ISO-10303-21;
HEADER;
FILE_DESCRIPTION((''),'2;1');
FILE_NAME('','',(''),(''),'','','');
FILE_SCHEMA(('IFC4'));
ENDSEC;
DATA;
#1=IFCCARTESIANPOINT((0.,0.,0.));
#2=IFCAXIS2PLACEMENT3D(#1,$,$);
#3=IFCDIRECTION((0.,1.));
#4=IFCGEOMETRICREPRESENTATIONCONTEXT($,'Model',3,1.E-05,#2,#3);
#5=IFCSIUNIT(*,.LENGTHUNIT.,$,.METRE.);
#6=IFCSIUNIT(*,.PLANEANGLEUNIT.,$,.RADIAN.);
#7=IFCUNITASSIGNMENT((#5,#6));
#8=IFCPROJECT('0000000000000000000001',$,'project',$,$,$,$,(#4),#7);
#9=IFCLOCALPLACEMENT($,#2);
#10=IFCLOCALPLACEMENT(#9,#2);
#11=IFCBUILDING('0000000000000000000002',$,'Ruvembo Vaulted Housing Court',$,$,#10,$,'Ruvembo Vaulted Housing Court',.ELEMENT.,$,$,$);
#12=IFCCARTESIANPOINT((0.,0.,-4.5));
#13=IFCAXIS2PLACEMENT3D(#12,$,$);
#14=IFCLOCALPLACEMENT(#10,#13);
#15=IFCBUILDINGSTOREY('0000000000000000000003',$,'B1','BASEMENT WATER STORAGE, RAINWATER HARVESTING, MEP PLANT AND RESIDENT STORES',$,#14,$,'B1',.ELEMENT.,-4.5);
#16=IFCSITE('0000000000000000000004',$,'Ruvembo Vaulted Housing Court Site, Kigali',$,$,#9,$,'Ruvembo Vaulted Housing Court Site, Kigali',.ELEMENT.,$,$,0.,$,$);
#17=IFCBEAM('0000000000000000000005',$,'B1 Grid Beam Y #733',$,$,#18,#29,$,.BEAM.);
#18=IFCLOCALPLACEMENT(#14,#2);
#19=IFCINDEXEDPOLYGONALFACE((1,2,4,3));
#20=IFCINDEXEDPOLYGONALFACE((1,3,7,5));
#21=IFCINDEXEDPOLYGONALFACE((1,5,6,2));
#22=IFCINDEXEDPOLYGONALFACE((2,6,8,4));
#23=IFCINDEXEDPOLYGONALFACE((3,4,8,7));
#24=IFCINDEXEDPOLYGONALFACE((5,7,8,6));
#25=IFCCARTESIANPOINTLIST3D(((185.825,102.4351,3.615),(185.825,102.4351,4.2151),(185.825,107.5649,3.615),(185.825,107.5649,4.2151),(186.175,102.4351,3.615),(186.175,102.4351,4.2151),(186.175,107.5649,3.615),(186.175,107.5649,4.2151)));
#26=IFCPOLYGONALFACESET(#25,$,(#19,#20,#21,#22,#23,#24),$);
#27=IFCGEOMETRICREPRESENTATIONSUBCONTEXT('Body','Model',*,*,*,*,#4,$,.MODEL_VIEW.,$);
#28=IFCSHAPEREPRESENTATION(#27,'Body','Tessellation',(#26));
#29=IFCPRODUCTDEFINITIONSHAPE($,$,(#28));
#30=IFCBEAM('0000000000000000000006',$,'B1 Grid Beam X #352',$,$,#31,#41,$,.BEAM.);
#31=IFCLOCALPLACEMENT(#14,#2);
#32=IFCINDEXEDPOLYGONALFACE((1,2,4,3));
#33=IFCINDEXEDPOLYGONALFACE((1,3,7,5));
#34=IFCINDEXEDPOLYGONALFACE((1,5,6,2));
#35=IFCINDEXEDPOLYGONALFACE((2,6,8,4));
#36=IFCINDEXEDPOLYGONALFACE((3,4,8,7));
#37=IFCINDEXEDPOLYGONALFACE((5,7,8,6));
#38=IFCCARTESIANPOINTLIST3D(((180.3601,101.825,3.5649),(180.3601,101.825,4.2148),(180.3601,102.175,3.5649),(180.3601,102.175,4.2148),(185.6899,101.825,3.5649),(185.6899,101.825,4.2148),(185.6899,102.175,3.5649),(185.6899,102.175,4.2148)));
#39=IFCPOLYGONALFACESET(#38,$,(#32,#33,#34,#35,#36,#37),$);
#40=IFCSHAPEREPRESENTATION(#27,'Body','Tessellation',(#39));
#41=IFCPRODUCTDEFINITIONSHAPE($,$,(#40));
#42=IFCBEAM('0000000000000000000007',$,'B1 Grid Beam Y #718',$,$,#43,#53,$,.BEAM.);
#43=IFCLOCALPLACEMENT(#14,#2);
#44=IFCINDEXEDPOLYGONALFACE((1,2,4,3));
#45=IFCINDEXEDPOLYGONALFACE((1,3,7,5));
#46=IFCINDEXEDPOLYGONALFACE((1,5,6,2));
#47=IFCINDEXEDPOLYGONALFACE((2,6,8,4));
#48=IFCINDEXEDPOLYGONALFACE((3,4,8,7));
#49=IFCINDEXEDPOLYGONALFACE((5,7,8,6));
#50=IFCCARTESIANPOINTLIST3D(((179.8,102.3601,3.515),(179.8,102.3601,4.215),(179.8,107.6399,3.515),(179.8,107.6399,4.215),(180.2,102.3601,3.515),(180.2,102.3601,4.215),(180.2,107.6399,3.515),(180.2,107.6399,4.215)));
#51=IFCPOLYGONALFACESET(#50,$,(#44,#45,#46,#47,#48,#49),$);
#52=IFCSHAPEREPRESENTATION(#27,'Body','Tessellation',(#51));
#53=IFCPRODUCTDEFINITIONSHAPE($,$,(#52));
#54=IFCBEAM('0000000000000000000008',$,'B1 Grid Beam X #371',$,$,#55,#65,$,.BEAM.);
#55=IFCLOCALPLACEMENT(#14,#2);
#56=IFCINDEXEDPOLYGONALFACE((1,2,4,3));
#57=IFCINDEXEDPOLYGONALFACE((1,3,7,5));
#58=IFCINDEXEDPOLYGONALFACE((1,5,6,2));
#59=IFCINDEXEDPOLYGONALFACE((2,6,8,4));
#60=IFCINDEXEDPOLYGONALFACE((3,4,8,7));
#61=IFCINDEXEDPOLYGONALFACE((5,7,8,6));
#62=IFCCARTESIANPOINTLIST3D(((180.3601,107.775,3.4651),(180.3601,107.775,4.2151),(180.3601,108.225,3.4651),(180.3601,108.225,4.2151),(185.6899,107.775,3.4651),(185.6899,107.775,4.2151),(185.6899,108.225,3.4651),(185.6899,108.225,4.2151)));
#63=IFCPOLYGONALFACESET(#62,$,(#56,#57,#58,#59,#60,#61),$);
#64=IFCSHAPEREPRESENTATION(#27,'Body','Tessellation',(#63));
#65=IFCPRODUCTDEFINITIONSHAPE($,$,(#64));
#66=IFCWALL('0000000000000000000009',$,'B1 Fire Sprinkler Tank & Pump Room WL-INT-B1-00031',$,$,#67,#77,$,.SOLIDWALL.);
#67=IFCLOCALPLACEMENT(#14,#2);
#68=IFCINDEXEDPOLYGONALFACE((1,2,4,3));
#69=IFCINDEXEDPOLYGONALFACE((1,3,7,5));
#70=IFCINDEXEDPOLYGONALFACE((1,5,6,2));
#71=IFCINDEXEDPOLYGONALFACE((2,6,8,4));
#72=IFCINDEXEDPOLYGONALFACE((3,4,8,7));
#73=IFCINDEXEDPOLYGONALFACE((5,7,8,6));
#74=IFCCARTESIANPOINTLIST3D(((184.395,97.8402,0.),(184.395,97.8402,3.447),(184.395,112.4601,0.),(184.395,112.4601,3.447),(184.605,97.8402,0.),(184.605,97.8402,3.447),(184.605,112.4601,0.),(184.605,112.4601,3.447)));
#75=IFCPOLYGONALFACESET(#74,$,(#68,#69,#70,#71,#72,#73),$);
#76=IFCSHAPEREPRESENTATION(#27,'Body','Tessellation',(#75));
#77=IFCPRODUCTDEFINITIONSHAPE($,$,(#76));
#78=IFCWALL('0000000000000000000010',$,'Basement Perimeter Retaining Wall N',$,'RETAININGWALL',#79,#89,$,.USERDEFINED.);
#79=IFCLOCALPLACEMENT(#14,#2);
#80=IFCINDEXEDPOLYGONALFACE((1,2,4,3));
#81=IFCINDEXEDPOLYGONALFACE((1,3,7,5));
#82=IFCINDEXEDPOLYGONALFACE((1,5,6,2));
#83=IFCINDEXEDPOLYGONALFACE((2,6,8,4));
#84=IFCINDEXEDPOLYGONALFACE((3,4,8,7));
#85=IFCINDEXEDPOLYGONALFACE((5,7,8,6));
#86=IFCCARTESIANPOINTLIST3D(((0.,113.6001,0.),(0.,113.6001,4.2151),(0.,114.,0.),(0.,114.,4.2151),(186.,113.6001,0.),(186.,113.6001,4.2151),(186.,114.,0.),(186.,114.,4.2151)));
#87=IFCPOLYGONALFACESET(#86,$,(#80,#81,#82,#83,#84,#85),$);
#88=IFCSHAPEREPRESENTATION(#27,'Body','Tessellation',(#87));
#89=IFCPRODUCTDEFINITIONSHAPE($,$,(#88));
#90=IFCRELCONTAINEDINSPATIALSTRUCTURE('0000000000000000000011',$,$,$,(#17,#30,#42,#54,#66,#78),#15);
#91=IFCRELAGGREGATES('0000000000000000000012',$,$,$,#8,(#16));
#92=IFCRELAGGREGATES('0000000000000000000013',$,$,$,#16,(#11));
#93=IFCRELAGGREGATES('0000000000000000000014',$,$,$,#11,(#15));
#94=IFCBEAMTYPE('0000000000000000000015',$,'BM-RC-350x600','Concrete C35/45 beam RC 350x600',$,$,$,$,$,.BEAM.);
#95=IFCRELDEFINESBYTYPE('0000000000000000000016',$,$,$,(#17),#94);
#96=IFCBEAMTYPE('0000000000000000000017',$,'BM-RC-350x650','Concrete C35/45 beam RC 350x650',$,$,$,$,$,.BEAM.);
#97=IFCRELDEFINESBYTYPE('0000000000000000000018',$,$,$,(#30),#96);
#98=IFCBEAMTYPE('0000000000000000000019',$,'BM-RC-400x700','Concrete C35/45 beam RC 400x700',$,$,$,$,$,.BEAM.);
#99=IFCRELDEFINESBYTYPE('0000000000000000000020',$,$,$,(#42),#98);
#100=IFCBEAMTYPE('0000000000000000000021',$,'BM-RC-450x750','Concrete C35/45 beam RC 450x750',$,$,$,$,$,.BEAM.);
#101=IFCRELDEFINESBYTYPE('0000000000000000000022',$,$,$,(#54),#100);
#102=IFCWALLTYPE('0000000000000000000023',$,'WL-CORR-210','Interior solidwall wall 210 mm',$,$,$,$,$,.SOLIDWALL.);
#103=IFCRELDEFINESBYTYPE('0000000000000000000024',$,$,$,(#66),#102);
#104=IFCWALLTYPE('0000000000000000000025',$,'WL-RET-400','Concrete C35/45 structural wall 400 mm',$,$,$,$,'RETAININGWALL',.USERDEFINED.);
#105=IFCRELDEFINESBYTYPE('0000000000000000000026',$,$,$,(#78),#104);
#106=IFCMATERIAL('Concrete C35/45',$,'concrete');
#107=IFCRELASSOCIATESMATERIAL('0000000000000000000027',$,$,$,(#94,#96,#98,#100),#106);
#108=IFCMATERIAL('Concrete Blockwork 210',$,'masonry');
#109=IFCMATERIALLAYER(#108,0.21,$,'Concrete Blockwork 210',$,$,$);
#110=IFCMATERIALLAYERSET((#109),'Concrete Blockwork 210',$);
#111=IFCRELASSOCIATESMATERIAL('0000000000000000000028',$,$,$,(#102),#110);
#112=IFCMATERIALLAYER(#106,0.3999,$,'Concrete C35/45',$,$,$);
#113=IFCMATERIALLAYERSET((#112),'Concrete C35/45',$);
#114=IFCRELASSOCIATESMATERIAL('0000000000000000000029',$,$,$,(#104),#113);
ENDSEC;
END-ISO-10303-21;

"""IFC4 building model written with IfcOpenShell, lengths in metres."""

from ifc_helpers import new_model, si_unit, direction, frame, frame_2d, origin, origin_2d, place, context, subcontext, project, spatial, rectangle, extrude, material, layer, layer_set, material_profile, profile_set, type_object, element, save


model = new_model("IFC4")

# Units and contexts
model_context = context("Model", 3, precision=1e-05, world=origin(), true_north=direction((0.0, 1.0)))
body_context = subcontext(model_context, "Body", "Model", "MODEL_VIEW")
ifc_project = project(units=[si_unit("LENGTHUNIT", "METRE"), si_unit("PLANEANGLEUNIT", "RADIAN")], contexts=[model_context])

# Site, building, storey
site_placement = place(None, origin())
site = spatial("IfcSite", under=ifc_project, at=site_placement, Name="Ruvembo Vaulted Housing Court Site, Kigali", LongName="Ruvembo Vaulted Housing Court Site, Kigali", CompositionType="ELEMENT", RefElevation=0.0)
building_placement = place(site_placement, origin())
building = spatial("IfcBuilding", under=site, at=building_placement, Name="Ruvembo Vaulted Housing Court", LongName="Ruvembo Vaulted Housing Court", CompositionType="ELEMENT")
storey_placement = place(building_placement, frame((0.0, 0.0, -4.5)))
storey = spatial("IfcBuildingStorey", under=building, at=storey_placement, Name="B1", Description="BASEMENT WATER STORAGE, RAINWATER HARVESTING, MEP PLANT AND RESIDENT STORES", LongName="B1", CompositionType="ELEMENT", Elevation=-4.5)

# Shared definitions
ifc_material_1 = material(Name="Concrete C35/45", Category="concrete")

# Beams
ifc_material_profile_1 = material_profile(ifc_material_1, rectangle(XDim=0.3501, YDim=0.6001, at=origin_2d()), Name="RC 350x600")
ifc_profile_set_1 = profile_set([ifc_material_profile_1], Name="Concrete C35/45")
beam_type_1 = type_object("IfcBeamType", Name="BM-RC-350x600", Description="Concrete C35/45 beam RC 350x600", PredefinedType="BEAM", material=ifc_profile_set_1)
for number, where, z_axis, x_axis, name in (
    (1, (186.0, 102.4351, 3.915), (0.0, 1.0, 0.0), (-1.0, 0.0, 0.0), "B1 Grid Beam Y #733"),
):
    element("IfcBeam", number, at=place(storey_placement, frame(where, z_axis=z_axis, x_axis=x_axis)), inside=storey, type_object=beam_type_1, Name=name, PredefinedType="BEAM", context=body_context, shape_type="SweptSolid", body=[
        extrude(rectangle(XDim=0.3501, YDim=0.6001, at=origin_2d()), origin(), (0.0, 0.0, 1.0), 5.1299),
    ])
ifc_material_profile_2 = material_profile(ifc_material_1, rectangle(XDim=0.3501, YDim=0.6499, at=origin_2d()), Name="RC 350x650")
ifc_profile_set_2 = profile_set([ifc_material_profile_2], Name="Concrete C35/45")
beam_type_2 = type_object("IfcBeamType", Name="BM-RC-350x650", Description="Concrete C35/45 beam RC 350x650", PredefinedType="BEAM", material=ifc_profile_set_2)
beam_1_placement = place(storey_placement, frame((180.3601, 102.0, 3.8899), z_axis=(1.0, 0.0, 0.0), x_axis=(0.0, 1.0, 0.0)))
element("IfcBeam", 2, at=beam_1_placement, inside=storey, type_object=beam_type_2, Name="B1 Grid Beam X #352", PredefinedType="BEAM", context=body_context, shape_type="SweptSolid", body=[
    extrude(rectangle(XDim=0.3501, YDim=0.6499, at=origin_2d()), origin(), (0.0, 0.0, 1.0), 5.3298),
])
ifc_material_profile_3 = material_profile(ifc_material_1, rectangle(XDim=0.3999, YDim=0.7, at=origin_2d()), Name="RC 400x700")
ifc_profile_set_3 = profile_set([ifc_material_profile_3], Name="Concrete C35/45")
beam_type_3 = type_object("IfcBeamType", Name="BM-RC-400x700", Description="Concrete C35/45 beam RC 400x700", PredefinedType="BEAM", material=ifc_profile_set_3)
beam_2_placement = place(storey_placement, frame((180.0, 102.3601, 3.865), z_axis=(0.0, 1.0, 0.0), x_axis=(-1.0, 0.0, 0.0)))
element("IfcBeam", 3, at=beam_2_placement, inside=storey, type_object=beam_type_3, Name="B1 Grid Beam Y #718", PredefinedType="BEAM", context=body_context, shape_type="SweptSolid", body=[
    extrude(rectangle(XDim=0.3999, YDim=0.7, at=origin_2d()), origin(), (0.0, 0.0, 1.0), 5.2798),
])
ifc_material_profile_4 = material_profile(ifc_material_1, rectangle(XDim=0.45, YDim=0.75, at=origin_2d()), Name="RC 450x750")
ifc_profile_set_4 = profile_set([ifc_material_profile_4], Name="Concrete C35/45")
beam_type_4 = type_object("IfcBeamType", Name="BM-RC-450x750", Description="Concrete C35/45 beam RC 450x750", PredefinedType="BEAM", material=ifc_profile_set_4)
beam_3_placement = place(storey_placement, frame((180.3601, 108.0, 3.8401), z_axis=(1.0, 0.0, 0.0), x_axis=(0.0, 1.0, 0.0)))
element("IfcBeam", 4, at=beam_3_placement, inside=storey, type_object=beam_type_4, Name="B1 Grid Beam X #371", PredefinedType="BEAM", context=body_context, shape_type="SweptSolid", body=[
    extrude(rectangle(XDim=0.45, YDim=0.75, at=origin_2d()), origin(), (0.0, 0.0, 1.0), 5.3298),
])

# Walls
ifc_material_2 = material(Name="Concrete Blockwork 210", Category="masonry")
ifc_layer_1 = layer(ifc_material_2, 0.21, Name="Concrete Blockwork 210")
ifc_layer_set_1 = layer_set([ifc_layer_1], Name="Concrete Blockwork 210")
wall_type_1 = type_object("IfcWallType", Name="WL-CORR-210", Description="Interior solidwall wall 210 mm", PredefinedType="SOLIDWALL", material=ifc_layer_set_1)
wall_1_placement = place(storey_placement, frame((184.5, 97.8401, 0.0), z_axis=(0.0, 0.0, 1.0), x_axis=(0.0, 1.0, 0.0)))
element("IfcWall", 5, at=wall_1_placement, inside=storey, type_object=wall_type_1, Name="B1 Fire Sprinkler Tank & Pump Room WL-INT-B1-00031", PredefinedType="SOLIDWALL", context=body_context, shape_type="SweptSolid", body=[
    extrude(rectangle(XDim=14.6199, YDim=0.21, at=frame_2d((7.3101, 0.0))), origin(), (0.0, 0.0, 1.0), 3.447),
])
ifc_layer_2 = layer(ifc_material_1, 0.3999, Name="Concrete C35/45")
ifc_layer_set_2 = layer_set([ifc_layer_2], Name="Concrete C35/45")
wall_type_2 = type_object("IfcWallType", Name="WL-RET-400", Description="Concrete C35/45 structural wall 400 mm", ElementType="RETAININGWALL", PredefinedType="USERDEFINED", material=ifc_layer_set_2)
wall_2_placement = place(storey_placement, frame((186.0, 113.8, 0.0), z_axis=(0.0, 0.0, 1.0), x_axis=(-1.0, 0.0, 0.0)))
element("IfcWall", 6, at=wall_2_placement, inside=storey, type_object=wall_type_2, Name="Basement Perimeter Retaining Wall N", ObjectType="RETAININGWALL", PredefinedType="USERDEFINED", context=body_context, shape_type="SweptSolid", body=[
    extrude(rectangle(XDim=186.0, YDim=0.3999, at=frame_2d((93.0, 0.0))), origin(), (0.0, 0.0, 1.0), 4.2151),
])

save(model, "model.ifc")
